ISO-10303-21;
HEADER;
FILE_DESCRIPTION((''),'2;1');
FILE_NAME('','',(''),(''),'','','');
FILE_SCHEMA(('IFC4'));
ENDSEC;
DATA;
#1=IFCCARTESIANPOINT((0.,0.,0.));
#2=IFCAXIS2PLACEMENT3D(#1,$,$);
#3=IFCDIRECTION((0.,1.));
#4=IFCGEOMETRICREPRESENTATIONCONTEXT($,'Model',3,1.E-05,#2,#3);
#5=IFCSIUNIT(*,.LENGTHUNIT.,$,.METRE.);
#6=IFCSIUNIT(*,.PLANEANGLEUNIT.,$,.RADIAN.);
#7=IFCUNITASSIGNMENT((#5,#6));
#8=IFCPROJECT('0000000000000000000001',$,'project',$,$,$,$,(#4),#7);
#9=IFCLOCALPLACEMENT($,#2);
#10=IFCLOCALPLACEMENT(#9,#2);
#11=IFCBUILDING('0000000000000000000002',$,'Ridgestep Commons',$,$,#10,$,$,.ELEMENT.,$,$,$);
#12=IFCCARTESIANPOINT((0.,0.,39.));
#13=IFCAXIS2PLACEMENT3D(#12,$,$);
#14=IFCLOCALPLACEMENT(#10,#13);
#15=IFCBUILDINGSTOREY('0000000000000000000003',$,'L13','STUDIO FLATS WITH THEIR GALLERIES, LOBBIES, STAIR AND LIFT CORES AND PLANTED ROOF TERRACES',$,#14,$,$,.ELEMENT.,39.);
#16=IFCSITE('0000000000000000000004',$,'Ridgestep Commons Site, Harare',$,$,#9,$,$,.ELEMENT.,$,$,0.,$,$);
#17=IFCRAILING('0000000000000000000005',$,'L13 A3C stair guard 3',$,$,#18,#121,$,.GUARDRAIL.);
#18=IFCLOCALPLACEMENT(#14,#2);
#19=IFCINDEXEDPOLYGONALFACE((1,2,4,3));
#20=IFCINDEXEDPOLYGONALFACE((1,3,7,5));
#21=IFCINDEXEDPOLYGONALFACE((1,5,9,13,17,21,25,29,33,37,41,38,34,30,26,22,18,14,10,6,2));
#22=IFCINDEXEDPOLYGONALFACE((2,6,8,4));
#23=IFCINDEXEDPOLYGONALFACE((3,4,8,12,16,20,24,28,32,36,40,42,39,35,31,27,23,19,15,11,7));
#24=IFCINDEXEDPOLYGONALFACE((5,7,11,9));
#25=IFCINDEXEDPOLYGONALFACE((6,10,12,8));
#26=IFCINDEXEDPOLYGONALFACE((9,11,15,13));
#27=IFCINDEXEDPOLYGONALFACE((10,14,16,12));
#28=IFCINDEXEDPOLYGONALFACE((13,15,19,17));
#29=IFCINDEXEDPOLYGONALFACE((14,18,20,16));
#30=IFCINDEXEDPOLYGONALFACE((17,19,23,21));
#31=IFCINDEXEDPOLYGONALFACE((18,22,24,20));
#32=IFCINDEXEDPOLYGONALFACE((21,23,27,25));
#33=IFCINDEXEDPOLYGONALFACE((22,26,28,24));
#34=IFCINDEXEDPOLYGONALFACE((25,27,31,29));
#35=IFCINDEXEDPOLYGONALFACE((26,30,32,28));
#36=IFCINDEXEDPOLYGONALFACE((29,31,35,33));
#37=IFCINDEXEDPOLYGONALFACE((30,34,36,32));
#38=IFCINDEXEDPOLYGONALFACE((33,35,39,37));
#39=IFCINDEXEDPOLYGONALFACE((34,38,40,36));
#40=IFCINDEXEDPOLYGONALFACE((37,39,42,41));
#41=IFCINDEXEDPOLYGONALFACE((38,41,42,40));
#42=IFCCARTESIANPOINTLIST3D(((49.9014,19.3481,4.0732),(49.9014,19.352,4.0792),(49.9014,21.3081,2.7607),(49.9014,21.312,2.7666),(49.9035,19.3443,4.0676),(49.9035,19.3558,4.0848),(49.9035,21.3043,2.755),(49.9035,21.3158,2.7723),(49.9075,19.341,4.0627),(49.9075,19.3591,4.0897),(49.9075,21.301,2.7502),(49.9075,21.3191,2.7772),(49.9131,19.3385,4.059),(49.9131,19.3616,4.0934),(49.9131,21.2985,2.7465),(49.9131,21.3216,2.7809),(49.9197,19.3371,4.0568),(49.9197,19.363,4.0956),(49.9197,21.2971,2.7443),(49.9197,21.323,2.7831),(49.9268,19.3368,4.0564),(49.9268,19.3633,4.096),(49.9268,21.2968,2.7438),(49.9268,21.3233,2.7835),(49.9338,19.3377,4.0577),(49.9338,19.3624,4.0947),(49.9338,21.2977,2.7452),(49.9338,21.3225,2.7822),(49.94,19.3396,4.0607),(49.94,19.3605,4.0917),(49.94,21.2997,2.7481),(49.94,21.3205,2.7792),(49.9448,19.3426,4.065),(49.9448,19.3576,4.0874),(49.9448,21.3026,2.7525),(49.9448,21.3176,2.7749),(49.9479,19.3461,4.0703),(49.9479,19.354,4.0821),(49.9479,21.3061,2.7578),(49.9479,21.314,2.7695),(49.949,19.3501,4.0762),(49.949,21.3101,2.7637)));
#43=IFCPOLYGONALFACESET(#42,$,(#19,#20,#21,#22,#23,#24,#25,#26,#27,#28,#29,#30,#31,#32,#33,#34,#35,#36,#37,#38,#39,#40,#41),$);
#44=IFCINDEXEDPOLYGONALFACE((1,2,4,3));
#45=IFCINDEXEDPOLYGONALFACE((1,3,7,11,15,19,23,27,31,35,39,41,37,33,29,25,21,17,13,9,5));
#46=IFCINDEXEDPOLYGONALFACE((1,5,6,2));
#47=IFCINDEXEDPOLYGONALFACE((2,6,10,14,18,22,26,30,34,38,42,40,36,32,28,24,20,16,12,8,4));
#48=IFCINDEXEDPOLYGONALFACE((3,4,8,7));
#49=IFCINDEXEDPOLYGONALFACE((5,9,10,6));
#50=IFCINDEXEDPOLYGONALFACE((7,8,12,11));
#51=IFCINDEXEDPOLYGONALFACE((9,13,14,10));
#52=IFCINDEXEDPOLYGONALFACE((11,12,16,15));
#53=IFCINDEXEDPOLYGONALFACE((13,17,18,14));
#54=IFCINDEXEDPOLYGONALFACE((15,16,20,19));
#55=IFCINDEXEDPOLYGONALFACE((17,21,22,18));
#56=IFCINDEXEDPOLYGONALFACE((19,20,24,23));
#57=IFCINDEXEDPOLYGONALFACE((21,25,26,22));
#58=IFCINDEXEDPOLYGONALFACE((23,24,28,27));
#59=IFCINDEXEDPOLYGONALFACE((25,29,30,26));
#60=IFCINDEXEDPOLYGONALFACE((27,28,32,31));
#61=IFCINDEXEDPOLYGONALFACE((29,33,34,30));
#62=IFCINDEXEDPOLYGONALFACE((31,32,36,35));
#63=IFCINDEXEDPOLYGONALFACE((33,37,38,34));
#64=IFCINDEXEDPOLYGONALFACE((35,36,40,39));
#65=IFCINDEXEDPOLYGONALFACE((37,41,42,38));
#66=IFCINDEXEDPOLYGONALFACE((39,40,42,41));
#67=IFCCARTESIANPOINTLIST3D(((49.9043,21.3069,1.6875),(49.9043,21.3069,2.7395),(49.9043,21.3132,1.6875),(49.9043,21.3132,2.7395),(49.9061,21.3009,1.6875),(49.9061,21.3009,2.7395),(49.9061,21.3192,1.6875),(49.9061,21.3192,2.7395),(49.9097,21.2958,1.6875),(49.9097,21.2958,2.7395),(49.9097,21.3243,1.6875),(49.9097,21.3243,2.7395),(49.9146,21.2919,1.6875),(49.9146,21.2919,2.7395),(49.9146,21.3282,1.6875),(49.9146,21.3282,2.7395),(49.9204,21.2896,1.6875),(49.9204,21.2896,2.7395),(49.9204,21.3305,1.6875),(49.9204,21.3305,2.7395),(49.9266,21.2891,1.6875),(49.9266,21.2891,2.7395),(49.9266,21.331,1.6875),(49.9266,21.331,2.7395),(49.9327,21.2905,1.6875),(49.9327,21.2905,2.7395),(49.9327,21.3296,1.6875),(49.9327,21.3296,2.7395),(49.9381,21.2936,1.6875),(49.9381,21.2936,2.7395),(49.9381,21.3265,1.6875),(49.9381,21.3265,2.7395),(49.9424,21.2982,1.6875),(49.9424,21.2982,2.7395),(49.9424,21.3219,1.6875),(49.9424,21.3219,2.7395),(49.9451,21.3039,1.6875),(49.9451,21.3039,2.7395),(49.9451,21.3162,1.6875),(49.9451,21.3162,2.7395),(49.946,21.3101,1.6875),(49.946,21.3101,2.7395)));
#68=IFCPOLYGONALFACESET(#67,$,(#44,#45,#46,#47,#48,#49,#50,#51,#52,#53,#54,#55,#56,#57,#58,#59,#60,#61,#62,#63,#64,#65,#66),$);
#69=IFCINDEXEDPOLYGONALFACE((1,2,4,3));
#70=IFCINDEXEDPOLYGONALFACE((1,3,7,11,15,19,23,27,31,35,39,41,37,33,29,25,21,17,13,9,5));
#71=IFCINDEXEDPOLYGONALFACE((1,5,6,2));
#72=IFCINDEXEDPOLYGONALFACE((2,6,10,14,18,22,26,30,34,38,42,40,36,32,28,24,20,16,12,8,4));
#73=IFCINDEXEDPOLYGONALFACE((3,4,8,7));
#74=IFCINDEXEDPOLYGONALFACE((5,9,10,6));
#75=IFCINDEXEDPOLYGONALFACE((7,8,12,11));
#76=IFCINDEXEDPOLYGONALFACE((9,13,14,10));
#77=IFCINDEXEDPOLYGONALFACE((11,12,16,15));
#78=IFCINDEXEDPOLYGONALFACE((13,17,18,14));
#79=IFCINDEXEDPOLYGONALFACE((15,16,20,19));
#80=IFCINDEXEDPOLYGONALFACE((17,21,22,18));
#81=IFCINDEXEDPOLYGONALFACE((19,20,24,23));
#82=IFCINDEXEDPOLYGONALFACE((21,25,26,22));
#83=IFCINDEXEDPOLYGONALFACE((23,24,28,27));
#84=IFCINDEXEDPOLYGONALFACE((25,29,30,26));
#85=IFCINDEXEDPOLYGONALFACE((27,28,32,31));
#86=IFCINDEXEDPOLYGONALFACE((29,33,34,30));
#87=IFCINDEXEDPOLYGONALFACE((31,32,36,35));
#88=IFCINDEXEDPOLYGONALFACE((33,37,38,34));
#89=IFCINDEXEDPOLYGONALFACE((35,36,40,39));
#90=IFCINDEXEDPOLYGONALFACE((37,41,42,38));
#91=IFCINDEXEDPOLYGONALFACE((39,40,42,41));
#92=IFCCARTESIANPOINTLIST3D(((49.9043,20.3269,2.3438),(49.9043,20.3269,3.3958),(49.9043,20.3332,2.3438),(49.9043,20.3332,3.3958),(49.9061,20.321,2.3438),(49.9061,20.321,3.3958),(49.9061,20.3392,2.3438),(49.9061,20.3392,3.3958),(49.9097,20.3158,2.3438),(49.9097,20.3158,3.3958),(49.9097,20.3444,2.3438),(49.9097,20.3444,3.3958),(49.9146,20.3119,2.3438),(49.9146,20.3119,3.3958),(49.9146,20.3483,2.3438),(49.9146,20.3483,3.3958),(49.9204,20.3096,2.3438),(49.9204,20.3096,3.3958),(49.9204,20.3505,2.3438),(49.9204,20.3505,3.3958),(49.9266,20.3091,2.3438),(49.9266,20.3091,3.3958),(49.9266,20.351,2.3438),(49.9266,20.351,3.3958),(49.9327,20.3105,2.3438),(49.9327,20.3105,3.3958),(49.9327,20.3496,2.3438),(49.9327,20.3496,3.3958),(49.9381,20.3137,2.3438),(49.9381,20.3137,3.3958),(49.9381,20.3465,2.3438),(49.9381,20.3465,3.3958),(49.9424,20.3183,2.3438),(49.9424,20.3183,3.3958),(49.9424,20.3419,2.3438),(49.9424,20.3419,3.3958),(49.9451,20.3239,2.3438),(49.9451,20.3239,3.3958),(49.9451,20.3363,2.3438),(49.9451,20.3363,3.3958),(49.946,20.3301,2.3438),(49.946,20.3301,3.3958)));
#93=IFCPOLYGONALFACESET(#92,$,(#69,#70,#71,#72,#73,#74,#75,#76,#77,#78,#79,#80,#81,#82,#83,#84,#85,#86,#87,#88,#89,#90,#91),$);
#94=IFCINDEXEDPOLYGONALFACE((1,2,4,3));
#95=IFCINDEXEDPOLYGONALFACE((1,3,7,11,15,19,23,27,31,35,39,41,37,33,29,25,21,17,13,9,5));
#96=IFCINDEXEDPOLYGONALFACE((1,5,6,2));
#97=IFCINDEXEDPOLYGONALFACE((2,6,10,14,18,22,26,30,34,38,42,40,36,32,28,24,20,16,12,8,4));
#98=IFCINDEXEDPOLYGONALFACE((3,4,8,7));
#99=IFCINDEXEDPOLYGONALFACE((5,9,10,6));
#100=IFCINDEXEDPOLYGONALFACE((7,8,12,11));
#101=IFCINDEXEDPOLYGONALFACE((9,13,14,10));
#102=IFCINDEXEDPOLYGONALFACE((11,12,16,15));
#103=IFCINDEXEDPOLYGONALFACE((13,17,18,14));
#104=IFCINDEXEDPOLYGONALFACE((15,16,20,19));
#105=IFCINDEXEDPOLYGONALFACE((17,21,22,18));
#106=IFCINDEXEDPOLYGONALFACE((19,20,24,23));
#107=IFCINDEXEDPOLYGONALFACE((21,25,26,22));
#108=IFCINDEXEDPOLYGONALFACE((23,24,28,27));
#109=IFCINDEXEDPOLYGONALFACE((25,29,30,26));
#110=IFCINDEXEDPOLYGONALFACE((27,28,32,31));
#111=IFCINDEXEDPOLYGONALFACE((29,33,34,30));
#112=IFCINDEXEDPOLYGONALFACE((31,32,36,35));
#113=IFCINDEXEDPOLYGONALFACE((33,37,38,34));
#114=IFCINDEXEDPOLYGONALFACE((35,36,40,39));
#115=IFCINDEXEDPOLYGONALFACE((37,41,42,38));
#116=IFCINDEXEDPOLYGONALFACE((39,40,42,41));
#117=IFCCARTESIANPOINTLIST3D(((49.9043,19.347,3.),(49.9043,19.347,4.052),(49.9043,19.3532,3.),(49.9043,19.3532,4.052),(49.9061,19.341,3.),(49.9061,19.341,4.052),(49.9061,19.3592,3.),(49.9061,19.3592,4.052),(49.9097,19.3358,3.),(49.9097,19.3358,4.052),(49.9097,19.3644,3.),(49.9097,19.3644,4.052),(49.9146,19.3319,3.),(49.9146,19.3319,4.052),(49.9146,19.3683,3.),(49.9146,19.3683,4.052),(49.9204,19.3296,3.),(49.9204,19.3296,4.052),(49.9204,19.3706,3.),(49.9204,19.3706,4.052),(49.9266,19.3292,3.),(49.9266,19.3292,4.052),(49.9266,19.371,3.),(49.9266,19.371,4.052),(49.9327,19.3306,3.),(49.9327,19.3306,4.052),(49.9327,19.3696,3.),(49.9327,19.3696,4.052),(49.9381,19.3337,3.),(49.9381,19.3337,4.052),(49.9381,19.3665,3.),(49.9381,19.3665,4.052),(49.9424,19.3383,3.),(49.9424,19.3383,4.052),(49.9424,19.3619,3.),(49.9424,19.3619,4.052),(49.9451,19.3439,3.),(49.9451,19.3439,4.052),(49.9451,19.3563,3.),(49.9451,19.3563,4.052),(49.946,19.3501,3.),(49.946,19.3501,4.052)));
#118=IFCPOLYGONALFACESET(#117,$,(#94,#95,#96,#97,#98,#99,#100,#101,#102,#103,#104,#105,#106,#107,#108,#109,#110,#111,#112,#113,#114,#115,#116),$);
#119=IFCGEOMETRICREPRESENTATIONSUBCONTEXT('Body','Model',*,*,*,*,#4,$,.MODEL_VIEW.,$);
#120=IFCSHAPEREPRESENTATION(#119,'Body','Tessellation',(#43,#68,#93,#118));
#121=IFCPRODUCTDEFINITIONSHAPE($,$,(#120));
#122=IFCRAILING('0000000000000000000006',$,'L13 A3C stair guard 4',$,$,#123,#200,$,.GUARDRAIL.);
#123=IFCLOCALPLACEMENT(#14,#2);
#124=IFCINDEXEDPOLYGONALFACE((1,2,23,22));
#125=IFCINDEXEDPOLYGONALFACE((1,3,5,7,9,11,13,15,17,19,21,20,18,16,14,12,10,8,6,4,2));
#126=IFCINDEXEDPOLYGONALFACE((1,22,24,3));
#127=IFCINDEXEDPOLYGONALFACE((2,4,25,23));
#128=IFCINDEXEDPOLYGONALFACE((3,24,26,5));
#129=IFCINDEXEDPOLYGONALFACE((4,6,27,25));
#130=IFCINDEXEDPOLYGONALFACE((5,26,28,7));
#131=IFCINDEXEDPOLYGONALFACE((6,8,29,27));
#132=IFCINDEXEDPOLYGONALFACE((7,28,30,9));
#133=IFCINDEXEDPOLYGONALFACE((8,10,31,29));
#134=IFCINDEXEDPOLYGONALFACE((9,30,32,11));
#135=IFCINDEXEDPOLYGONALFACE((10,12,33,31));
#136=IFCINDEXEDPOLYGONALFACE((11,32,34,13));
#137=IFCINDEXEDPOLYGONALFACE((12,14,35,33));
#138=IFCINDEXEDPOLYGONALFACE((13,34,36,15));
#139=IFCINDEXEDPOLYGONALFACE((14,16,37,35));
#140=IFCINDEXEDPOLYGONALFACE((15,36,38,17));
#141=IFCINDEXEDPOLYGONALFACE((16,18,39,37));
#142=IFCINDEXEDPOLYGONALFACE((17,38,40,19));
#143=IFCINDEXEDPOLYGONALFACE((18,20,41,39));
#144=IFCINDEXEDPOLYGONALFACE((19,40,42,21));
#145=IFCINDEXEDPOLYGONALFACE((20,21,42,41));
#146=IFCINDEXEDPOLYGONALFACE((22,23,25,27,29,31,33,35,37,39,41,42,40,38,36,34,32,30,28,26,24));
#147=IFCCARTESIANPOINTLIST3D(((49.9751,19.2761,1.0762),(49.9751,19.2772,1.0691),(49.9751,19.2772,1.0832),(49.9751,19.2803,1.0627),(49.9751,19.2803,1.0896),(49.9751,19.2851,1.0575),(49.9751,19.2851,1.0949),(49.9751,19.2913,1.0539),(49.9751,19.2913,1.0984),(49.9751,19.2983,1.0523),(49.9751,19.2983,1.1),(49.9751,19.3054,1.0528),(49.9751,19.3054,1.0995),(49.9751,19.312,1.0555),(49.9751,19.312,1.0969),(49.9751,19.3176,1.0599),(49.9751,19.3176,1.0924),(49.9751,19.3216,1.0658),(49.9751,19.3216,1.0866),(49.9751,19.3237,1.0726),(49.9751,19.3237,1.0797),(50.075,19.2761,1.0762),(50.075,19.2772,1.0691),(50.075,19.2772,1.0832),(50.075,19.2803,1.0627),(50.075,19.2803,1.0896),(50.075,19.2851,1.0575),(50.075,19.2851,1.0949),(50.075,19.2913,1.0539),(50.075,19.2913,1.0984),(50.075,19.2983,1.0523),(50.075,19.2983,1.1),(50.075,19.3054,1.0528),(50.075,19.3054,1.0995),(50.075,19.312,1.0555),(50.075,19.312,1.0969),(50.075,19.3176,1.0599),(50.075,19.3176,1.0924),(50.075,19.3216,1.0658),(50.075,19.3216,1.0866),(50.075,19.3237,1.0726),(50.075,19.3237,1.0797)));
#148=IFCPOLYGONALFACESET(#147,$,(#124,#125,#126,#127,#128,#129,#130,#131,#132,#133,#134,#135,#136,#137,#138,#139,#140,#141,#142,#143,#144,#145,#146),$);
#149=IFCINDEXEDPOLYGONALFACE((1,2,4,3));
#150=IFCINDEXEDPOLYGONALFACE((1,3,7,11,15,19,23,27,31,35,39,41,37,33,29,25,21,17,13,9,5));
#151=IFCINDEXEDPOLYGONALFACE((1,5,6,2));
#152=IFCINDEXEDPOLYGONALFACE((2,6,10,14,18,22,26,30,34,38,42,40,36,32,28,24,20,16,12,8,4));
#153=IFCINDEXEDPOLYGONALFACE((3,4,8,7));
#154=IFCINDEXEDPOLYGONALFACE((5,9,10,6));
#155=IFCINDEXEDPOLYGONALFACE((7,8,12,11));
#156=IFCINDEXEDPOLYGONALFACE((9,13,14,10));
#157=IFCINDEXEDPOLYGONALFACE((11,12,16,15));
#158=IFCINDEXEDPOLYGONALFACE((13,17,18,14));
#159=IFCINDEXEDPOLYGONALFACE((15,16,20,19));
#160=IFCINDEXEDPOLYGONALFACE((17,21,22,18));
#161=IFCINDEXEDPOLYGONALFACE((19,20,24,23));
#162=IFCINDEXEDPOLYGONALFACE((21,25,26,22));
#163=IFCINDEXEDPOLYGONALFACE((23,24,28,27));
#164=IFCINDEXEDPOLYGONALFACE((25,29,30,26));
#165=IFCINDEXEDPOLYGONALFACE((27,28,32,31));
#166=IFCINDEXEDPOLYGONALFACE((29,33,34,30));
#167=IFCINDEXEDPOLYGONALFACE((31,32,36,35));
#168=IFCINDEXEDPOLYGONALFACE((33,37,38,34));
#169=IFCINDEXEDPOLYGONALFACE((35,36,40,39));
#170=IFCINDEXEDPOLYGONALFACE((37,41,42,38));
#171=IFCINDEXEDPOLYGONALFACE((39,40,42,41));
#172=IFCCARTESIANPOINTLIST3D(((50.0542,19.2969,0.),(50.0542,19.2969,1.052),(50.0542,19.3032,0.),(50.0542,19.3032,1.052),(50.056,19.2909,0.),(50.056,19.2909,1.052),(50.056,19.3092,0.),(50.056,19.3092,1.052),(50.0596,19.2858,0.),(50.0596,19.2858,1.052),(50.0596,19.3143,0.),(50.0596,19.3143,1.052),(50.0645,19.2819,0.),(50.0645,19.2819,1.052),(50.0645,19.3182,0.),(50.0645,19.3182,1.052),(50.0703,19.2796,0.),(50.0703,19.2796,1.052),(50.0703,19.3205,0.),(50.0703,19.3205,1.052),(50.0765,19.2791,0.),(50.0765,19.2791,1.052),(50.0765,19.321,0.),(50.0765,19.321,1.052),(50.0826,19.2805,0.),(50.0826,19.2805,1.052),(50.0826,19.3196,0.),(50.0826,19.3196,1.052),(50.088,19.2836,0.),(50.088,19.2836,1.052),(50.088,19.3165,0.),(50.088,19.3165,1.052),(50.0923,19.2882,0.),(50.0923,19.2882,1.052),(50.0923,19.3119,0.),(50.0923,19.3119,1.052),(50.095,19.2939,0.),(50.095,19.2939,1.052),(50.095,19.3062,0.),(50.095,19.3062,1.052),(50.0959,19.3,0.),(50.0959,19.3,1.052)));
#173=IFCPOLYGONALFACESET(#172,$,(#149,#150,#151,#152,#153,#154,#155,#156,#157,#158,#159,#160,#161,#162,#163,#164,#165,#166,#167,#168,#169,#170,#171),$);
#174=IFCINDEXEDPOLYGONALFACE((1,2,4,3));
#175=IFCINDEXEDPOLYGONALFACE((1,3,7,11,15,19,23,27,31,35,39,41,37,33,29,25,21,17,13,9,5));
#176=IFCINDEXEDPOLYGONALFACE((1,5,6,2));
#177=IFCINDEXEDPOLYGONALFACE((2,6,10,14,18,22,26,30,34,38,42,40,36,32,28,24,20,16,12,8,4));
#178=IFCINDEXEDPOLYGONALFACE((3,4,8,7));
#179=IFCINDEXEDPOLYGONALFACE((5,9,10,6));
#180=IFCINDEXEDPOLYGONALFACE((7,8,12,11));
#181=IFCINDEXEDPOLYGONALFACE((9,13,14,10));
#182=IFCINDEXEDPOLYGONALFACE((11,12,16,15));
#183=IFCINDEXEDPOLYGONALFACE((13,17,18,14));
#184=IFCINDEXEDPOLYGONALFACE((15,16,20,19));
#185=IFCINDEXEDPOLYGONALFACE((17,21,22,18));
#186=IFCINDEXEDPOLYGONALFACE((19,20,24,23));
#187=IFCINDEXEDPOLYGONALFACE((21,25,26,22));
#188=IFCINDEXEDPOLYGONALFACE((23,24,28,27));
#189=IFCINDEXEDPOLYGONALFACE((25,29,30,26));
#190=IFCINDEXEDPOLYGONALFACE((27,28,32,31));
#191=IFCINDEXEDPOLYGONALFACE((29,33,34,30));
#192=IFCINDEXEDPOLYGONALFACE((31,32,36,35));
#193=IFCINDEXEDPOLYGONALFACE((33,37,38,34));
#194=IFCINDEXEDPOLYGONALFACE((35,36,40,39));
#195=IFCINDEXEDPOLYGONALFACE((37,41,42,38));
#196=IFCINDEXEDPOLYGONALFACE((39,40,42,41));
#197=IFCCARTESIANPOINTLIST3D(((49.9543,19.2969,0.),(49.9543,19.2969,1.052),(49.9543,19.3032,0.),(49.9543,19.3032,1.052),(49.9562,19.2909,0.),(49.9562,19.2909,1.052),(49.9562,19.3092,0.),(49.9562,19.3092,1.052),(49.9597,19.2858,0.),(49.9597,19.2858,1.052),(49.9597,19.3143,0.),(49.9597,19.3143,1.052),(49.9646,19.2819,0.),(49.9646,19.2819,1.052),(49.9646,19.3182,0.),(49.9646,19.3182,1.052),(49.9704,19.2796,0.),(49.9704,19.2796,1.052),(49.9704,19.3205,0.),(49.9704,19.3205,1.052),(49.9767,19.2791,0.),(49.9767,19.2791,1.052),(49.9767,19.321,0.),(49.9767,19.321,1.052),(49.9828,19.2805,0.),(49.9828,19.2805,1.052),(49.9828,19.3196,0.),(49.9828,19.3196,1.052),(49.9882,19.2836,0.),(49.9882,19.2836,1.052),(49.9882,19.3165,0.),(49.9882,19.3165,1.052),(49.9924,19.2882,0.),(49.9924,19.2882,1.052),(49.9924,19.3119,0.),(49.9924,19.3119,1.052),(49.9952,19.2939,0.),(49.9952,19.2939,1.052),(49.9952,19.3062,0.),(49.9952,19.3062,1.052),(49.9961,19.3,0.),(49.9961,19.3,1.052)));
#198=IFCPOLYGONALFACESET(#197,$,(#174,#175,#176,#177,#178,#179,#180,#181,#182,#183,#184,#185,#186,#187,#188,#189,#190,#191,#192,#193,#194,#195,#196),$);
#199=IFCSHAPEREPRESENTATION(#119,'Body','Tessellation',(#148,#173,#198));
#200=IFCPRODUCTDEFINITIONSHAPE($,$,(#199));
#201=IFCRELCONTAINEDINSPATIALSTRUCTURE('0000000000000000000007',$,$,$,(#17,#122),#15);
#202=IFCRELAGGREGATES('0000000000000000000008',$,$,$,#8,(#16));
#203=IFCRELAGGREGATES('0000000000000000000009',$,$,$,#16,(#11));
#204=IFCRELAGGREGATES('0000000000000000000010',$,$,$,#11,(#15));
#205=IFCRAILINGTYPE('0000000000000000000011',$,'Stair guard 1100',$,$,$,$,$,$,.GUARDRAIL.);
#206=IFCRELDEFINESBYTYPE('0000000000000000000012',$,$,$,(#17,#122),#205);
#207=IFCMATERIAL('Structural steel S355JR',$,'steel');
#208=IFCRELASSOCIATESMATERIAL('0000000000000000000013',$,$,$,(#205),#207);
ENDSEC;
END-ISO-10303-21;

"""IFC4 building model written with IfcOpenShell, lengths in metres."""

from ifc_helpers import new_model, si_unit, direction, frame, origin, origin_2d, place, context, subcontext, project, spatial, circle, extrude, material, type_object, element, save


model = new_model("IFC4")

# Units and contexts
model_context = context("Model", 3, precision=1e-05, world=origin(), true_north=direction((0.0, 1.0)))
body_context = subcontext(model_context, "Body", "Model", "MODEL_VIEW")
ifc_project = project(units=[si_unit("LENGTHUNIT", "METRE"), si_unit("PLANEANGLEUNIT", "RADIAN")], contexts=[model_context])

# Site, building, storey
site_placement = place(None, origin())
site = spatial("IfcSite", under=ifc_project, at=site_placement, Name="Ridgestep Commons Site, Harare", CompositionType="ELEMENT", RefElevation=0.0)
building_placement = place(site_placement, origin())
building = spatial("IfcBuilding", under=site, at=building_placement, Name="Ridgestep Commons", CompositionType="ELEMENT")
storey_placement = place(building_placement, frame((0.0, 0.0, 39.0)))
storey = spatial("IfcBuildingStorey", under=building, at=storey_placement, Name="L13", Description="STUDIO FLATS WITH THEIR GALLERIES, LOBBIES, STAIR AND LIFT CORES AND PLANTED ROOF TERRACES", CompositionType="ELEMENT", Elevation=39.0)

# Railings
ifc_material_1 = material(Name="Structural steel S355JR", Category="steel")
railing_type_1 = type_object("IfcRailingType", Name="Stair guard 1100", PredefinedType="GUARDRAIL", material=ifc_material_1)
railing_1_placement = place(storey_placement, frame((49.925, 21.3101, 1.6875)))
element("IfcRailing", 1, at=railing_1_placement, inside=storey, type_object=railing_type_1, Name="L13 A3C stair guard 3", PredefinedType="GUARDRAIL", context=body_context, shape_type="SweptSolid", body=[
    extrude(circle(Radius=0.0239, at=origin_2d()), frame((0.0, 0.0, 1.0762), z_axis=(0.0, -0.830902, 0.556419), x_axis=(1.0, 0.0, 0.0)), (0.0, 0.0, 1.0), 2.3589),
    extrude(circle(Radius=0.021, at=origin_2d()), origin(), (0.0, 0.0, 1.0), 1.052),
    extrude(circle(Radius=0.021, at=origin_2d()), frame((0.0, -0.98, 0.6562)), (0.0, 0.0, 1.0), 1.052),
    extrude(circle(Radius=0.021, at=origin_2d()), frame((0.0, -1.96, 1.3125)), (0.0, 0.0, 1.0), 1.052),
])
railing_2_placement = place(storey_placement, frame((50.075, 19.3, 0.0)))
element("IfcRailing", 2, at=railing_2_placement, inside=storey, type_object=railing_type_1, Name="L13 A3C stair guard 4", PredefinedType="GUARDRAIL", context=body_context, shape_type="SweptSolid", body=[
    extrude(circle(Radius=0.0239, at=origin_2d()), frame((0.0, 0.0, 1.0762), z_axis=(-1.0, 0.0, 0.0), x_axis=(0.0, -1.0, 0.0)), (0.0, 0.0, 1.0), 0.0999),
    extrude(circle(Radius=0.021, at=origin_2d()), origin(), (0.0, 0.0, 1.0), 1.052),
    extrude(circle(Radius=0.021, at=origin_2d()), frame((-0.0999, 0.0, 0.0)), (0.0, 0.0, 1.0), 1.052),
])

save(model, "model.ifc")
